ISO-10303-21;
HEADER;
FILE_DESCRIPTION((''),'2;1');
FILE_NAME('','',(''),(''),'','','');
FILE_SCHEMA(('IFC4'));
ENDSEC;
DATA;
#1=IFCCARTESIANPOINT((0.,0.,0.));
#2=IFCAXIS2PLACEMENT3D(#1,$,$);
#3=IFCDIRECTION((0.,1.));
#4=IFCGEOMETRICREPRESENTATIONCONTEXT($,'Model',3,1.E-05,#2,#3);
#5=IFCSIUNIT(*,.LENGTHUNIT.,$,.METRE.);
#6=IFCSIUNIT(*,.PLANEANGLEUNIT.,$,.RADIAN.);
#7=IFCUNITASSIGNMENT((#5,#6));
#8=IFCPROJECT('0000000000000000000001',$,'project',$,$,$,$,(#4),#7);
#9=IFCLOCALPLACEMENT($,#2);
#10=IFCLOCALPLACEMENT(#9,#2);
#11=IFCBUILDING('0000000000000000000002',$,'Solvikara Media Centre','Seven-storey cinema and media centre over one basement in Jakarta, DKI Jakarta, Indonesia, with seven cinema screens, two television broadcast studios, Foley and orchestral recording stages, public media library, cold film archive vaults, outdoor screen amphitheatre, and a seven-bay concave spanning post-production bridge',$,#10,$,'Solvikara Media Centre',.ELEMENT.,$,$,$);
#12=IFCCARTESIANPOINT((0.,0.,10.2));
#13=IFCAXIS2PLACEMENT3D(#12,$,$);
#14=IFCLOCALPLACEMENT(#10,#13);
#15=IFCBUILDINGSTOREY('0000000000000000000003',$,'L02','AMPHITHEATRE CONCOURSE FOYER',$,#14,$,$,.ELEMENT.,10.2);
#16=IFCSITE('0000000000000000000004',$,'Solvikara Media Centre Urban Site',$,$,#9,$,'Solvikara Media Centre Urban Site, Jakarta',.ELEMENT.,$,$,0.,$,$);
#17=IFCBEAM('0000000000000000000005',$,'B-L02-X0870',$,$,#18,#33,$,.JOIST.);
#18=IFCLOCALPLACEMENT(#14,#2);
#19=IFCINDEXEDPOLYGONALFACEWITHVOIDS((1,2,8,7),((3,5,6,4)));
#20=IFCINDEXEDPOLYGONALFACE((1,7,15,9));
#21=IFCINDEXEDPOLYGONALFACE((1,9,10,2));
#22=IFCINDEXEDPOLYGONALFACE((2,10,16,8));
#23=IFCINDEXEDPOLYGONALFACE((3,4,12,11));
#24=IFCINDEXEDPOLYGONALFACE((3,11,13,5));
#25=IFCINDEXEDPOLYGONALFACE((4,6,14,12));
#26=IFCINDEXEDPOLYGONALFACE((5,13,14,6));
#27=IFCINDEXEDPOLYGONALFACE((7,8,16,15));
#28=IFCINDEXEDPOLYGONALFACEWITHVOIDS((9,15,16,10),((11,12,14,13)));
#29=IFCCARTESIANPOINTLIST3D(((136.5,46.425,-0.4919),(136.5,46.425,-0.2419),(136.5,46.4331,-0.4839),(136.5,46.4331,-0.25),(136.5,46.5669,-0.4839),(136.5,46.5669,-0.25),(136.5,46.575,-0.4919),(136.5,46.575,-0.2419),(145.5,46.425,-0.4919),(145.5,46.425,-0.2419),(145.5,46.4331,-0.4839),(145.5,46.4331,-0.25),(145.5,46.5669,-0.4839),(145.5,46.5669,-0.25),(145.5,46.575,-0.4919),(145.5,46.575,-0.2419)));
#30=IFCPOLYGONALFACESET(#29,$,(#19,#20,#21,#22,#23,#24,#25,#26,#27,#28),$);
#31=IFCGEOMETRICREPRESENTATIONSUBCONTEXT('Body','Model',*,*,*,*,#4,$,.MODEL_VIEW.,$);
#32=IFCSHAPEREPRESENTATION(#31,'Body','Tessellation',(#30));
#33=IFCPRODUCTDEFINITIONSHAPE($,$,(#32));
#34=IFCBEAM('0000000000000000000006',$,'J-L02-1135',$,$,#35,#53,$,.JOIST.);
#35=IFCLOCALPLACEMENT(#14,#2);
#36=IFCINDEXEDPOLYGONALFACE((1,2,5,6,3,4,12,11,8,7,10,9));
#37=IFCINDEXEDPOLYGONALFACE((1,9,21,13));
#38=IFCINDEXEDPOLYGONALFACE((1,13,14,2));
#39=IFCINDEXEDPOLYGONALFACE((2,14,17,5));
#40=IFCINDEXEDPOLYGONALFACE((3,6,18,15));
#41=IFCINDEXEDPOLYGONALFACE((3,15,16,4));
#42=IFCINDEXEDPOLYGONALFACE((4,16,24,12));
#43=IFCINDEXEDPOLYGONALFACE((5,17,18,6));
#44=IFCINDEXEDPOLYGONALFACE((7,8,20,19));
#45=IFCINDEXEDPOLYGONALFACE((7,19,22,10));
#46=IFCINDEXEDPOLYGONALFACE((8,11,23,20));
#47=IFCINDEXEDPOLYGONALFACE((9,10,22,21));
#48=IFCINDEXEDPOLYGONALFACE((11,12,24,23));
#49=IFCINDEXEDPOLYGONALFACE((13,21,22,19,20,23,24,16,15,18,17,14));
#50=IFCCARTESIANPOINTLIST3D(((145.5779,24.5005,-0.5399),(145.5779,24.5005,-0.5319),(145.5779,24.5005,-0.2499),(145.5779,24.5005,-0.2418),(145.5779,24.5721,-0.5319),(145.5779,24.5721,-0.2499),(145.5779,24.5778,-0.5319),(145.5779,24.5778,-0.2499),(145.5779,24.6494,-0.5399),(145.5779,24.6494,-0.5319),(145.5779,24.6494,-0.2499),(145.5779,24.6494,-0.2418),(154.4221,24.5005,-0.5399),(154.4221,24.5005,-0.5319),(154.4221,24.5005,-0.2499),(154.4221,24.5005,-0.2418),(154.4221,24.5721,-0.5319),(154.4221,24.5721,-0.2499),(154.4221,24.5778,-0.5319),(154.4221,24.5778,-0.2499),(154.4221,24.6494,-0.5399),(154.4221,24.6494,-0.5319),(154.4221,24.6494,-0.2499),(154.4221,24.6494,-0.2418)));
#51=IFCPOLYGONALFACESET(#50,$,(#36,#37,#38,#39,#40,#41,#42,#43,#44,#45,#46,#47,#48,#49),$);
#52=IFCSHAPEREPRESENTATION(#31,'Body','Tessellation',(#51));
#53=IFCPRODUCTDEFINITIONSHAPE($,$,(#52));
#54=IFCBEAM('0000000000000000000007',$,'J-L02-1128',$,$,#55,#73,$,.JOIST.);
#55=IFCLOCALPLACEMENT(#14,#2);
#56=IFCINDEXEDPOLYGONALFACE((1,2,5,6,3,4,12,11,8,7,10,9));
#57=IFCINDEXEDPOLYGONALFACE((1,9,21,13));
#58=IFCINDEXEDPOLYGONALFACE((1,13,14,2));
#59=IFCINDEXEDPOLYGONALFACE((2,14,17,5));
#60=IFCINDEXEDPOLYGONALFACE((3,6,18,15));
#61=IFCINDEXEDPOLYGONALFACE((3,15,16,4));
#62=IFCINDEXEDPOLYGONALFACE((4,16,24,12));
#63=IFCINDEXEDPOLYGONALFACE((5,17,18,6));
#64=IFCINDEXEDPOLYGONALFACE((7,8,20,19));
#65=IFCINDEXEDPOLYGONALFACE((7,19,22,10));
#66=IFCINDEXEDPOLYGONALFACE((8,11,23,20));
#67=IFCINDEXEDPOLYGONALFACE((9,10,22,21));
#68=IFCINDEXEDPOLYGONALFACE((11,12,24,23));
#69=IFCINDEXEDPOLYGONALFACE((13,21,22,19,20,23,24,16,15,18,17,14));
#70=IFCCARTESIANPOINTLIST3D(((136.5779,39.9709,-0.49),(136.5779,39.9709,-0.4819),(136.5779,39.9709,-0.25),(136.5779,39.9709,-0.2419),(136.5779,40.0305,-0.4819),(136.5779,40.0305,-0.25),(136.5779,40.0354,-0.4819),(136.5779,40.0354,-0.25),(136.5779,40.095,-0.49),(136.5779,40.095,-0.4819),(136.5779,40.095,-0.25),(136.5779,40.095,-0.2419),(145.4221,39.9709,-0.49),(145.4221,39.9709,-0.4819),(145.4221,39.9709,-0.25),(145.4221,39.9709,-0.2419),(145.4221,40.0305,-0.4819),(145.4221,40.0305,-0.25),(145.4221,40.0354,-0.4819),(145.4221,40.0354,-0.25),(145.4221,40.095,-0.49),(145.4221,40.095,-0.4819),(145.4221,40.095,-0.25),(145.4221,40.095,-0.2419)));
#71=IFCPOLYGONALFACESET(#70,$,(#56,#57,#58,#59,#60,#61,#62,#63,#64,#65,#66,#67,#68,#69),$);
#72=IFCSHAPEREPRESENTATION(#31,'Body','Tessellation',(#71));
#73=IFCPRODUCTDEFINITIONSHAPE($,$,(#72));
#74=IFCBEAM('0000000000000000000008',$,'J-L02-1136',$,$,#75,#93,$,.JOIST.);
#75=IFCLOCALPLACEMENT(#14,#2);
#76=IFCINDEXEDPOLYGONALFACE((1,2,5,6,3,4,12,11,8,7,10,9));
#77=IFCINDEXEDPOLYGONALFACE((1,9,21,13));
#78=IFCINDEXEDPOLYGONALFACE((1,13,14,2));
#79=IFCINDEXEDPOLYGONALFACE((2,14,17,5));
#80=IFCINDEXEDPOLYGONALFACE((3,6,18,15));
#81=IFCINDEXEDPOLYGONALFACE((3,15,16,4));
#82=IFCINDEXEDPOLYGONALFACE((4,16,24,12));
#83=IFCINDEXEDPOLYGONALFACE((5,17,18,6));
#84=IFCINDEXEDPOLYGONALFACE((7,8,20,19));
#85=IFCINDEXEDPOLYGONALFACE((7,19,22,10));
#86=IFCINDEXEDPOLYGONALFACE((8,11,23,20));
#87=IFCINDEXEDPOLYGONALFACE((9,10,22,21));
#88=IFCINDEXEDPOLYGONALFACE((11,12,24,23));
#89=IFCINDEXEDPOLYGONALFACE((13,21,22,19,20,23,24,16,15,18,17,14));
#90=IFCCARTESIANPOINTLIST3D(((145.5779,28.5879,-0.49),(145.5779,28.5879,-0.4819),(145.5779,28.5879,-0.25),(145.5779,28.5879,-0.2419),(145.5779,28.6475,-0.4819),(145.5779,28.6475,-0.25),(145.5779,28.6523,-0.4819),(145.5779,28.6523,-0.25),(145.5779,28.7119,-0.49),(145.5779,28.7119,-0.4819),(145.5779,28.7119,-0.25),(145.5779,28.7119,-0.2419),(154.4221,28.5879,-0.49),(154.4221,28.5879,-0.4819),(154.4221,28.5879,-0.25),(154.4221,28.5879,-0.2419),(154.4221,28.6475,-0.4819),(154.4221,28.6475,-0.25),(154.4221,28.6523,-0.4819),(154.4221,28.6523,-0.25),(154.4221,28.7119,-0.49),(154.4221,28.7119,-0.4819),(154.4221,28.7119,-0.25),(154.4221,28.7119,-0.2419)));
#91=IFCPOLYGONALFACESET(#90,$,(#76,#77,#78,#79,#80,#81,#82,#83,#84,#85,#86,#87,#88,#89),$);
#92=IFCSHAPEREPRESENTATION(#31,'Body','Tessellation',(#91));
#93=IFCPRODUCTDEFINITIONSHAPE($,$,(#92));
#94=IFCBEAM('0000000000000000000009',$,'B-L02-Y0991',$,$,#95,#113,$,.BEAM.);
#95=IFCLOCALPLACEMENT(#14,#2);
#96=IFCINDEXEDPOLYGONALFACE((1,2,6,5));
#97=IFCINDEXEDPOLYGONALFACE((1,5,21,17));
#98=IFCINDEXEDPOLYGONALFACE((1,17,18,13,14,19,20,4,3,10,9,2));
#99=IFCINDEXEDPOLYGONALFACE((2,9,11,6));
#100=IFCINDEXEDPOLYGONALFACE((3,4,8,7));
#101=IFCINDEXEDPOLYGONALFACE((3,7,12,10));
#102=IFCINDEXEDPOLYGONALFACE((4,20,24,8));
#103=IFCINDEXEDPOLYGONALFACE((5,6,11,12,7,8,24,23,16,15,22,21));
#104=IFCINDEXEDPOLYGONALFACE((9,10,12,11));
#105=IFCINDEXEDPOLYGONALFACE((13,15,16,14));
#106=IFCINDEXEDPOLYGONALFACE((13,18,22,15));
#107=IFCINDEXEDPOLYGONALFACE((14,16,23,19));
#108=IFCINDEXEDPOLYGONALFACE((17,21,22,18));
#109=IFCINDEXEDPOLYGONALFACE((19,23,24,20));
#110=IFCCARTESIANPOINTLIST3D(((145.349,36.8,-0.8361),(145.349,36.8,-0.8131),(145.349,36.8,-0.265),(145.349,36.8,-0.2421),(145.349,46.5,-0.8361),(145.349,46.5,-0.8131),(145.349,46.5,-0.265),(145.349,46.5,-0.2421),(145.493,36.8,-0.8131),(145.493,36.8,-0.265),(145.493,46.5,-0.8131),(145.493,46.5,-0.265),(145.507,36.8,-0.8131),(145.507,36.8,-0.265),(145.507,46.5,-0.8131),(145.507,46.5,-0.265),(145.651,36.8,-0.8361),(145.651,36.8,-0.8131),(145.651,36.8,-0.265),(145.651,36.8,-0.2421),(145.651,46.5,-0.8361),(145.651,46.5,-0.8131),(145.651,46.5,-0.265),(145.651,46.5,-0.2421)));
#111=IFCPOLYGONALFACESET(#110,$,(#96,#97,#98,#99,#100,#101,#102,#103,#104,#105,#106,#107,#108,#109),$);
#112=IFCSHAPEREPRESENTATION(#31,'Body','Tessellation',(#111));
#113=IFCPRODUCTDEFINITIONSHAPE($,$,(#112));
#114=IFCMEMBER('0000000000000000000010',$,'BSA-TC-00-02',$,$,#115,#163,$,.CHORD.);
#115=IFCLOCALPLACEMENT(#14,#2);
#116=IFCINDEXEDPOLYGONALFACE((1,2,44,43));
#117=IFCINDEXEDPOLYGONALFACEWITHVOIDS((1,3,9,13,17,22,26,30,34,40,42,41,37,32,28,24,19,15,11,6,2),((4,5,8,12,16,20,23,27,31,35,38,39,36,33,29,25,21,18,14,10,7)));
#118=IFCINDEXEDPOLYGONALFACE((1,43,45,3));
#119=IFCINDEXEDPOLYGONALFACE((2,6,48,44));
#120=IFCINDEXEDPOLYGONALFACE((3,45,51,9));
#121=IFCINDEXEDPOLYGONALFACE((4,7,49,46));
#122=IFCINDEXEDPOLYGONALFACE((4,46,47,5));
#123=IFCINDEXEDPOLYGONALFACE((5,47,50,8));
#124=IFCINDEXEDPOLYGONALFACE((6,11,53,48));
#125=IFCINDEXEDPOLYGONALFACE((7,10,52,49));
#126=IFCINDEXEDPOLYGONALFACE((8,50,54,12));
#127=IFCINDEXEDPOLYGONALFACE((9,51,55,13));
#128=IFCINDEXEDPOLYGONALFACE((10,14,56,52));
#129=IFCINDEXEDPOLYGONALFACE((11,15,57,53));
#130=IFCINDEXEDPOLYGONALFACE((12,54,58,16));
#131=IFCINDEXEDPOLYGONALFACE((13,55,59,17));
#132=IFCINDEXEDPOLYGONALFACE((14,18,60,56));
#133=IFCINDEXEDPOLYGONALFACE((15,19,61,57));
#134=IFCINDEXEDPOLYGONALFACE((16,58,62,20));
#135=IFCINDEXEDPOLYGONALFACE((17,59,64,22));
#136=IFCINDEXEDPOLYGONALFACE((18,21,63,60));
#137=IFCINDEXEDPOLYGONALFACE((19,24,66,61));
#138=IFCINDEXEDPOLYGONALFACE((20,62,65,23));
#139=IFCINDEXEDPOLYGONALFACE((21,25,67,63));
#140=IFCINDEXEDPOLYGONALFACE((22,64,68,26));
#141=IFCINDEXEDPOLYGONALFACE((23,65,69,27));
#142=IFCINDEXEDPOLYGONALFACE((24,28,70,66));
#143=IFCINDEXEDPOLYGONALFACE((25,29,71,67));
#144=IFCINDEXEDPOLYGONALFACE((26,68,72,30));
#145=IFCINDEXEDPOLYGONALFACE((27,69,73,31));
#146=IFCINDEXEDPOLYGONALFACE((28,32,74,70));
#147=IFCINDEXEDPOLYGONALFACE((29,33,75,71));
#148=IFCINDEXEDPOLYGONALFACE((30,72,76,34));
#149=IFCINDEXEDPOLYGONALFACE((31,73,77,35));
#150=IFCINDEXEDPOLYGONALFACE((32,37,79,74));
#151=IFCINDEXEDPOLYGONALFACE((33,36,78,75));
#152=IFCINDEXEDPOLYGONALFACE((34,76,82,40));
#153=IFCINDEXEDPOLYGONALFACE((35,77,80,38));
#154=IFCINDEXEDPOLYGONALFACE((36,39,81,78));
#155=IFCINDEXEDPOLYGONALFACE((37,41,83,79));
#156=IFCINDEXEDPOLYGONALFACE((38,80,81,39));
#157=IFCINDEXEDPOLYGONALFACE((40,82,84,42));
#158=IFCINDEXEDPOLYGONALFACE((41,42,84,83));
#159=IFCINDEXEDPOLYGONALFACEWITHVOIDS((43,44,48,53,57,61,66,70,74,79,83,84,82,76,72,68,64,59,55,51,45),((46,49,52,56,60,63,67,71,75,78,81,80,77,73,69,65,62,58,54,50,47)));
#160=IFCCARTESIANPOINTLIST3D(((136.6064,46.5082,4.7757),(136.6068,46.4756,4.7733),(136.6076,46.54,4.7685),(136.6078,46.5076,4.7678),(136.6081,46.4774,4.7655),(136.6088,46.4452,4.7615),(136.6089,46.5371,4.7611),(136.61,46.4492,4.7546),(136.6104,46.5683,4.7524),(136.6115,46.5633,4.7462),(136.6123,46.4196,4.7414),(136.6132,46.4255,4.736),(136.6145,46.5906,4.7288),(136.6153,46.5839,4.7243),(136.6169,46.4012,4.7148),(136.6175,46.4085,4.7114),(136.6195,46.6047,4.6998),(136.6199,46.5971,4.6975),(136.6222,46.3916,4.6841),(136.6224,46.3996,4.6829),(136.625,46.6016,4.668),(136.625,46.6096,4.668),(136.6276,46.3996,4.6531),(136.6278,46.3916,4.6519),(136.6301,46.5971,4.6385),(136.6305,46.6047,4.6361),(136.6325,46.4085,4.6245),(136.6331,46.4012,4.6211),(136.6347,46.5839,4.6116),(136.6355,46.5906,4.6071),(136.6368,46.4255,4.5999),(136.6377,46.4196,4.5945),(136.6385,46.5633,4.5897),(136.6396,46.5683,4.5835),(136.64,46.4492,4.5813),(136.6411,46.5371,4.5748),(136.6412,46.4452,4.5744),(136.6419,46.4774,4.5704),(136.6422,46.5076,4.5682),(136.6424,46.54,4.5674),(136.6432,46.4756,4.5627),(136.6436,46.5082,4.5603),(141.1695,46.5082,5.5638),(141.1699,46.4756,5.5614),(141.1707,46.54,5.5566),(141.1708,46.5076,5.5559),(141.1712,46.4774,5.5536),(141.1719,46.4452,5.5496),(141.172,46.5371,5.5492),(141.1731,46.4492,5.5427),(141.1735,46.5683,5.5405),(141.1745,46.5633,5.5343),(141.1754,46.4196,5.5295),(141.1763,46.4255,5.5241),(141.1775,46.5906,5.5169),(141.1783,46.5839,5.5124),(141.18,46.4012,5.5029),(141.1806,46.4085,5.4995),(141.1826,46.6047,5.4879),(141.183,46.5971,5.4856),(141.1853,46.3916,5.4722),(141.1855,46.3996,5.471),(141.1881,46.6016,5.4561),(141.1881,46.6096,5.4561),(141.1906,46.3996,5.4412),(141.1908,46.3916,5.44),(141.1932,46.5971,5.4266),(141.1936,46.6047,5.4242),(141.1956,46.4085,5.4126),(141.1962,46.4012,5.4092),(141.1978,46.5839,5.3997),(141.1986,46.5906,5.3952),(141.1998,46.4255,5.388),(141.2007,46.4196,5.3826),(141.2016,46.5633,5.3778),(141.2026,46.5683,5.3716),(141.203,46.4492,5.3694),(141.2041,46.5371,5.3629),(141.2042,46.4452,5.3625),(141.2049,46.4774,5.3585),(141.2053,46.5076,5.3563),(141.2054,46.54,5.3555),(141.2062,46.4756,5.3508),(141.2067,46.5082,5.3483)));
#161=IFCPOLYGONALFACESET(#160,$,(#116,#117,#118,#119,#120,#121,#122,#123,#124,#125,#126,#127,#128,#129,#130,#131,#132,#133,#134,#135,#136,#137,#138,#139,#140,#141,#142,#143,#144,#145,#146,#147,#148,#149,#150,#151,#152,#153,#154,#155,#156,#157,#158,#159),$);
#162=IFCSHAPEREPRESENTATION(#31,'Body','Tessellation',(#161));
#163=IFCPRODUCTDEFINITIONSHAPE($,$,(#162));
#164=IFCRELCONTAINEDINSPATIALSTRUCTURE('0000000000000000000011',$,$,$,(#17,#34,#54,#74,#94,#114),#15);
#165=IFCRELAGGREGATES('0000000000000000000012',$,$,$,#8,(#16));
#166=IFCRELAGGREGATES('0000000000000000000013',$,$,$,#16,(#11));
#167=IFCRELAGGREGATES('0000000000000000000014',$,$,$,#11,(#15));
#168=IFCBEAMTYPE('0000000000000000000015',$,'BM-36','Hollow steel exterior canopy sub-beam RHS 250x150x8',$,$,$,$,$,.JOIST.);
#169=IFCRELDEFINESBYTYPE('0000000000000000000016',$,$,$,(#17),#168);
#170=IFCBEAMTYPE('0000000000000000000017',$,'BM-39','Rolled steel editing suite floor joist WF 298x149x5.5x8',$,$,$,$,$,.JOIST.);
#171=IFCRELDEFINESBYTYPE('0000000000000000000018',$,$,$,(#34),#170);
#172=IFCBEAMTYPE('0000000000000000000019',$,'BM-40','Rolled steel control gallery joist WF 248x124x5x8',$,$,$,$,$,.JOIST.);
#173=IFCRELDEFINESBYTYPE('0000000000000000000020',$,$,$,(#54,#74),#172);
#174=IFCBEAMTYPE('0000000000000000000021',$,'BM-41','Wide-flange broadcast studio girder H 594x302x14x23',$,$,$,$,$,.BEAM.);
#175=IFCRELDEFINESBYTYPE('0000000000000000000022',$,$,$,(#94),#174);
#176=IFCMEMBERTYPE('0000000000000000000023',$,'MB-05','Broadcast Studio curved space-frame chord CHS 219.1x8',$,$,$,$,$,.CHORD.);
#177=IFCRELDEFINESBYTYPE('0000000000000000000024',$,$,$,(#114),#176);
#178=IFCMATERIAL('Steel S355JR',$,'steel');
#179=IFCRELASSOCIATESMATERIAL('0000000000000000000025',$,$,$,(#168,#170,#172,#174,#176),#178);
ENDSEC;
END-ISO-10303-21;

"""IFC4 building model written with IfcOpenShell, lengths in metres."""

from ifc_helpers import new_model, si_unit, direction, frame, origin, origin_2d, place, context, subcontext, project, spatial, hollow_rectangle, hollow_circle, i_section, extrude, material, material_profile, profile_set, type_object, element, save


model = new_model("IFC4")

# Units and contexts
model_context = context("Model", 3, precision=1e-05, world=origin(), true_north=direction((0.0, 1.0)))
body_context = subcontext(model_context, "Body", "Model", "MODEL_VIEW")
ifc_project = project(units=[si_unit("LENGTHUNIT", "METRE"), si_unit("PLANEANGLEUNIT", "RADIAN")], contexts=[model_context])

# Site, building, storey
site_placement = place(None, origin())
site = spatial("IfcSite", under=ifc_project, at=site_placement, Name="Solvikara Media Centre Urban Site", LongName="Solvikara Media Centre Urban Site, Jakarta", CompositionType="ELEMENT", RefElevation=0.0)
building_placement = place(site_placement, origin())
building = spatial("IfcBuilding", under=site, at=building_placement, Name="Solvikara Media Centre", Description="Seven-storey cinema and media centre over one basement in Jakarta, DKI Jakarta, Indonesia, with seven cinema screens, two television broadcast studios, Foley and orchestral recording stages, public media library, cold film archive vaults, outdoor screen amphitheatre, and a seven-bay concave spanning post-production bridge", LongName="Solvikara Media Centre", CompositionType="ELEMENT")
storey_placement = place(building_placement, frame((0.0, 0.0, 10.2)))
storey = spatial("IfcBuildingStorey", under=building, at=storey_placement, Name="L02", Description="AMPHITHEATRE CONCOURSE FOYER", CompositionType="ELEMENT", Elevation=10.2)

# Shared definitions
ifc_material_1 = material(Name="Steel S355JR", Category="steel")

# Beams
ifc_material_profile_1 = material_profile(ifc_material_1, hollow_rectangle(XDim=0.1499, YDim=0.25, WallThickness=0.0081, at=origin_2d()), Name="RHS 250x150x8")
ifc_profile_set_1 = profile_set([ifc_material_profile_1], Name="Steel S355JR")
beam_type_1 = type_object("IfcBeamType", Name="BM-36", Description="Hollow steel exterior canopy sub-beam RHS 250x150x8", PredefinedType="JOIST", material=ifc_profile_set_1)
for number, where, z_axis, x_axis, name in (
    (1, (136.5, 46.5, -0.3669), (1.0, 0.0, 0.0), (0.0, 1.0, 0.0), "B-L02-X0870"),
):
    element("IfcBeam", number, at=place(storey_placement, frame(where, z_axis=z_axis, x_axis=x_axis)), inside=storey, type_object=beam_type_1, Name=name, PredefinedType="JOIST", context=body_context, shape_type="SweptSolid", body=[
        extrude(hollow_rectangle(XDim=0.1499, YDim=0.25, WallThickness=0.0081, at=origin_2d()), origin(), (0.0, 0.0, 1.0), 9.0),
    ])
ifc_material_profile_2 = material_profile(ifc_material_1, i_section(OverallWidth=0.1489, OverallDepth=0.2981, WebThickness=0.0056, FlangeThickness=0.0081, at=origin_2d()), Name="WF 298x149x5.5x8")
ifc_profile_set_2 = profile_set([ifc_material_profile_2], Name="Steel S355JR")
beam_type_2 = type_object("IfcBeamType", Name="BM-39", Description="Rolled steel editing suite floor joist WF 298x149x5.5x8", PredefinedType="JOIST", material=ifc_profile_set_2)
beam_1_placement = place(storey_placement, frame((145.5779, 24.575, -0.3909), z_axis=(1.0, 0.0, 0.0), x_axis=(0.0, 1.0, 0.0)))
element("IfcBeam", 2, at=beam_1_placement, inside=storey, type_object=beam_type_2, Name="J-L02-1135", PredefinedType="JOIST", context=body_context, shape_type="SweptSolid", body=[
    extrude(i_section(OverallWidth=0.1489, OverallDepth=0.2981, WebThickness=0.0056, FlangeThickness=0.0081, at=origin_2d()), origin(), (0.0, 0.0, 1.0), 8.8442),
])
ifc_material_profile_3 = material_profile(ifc_material_1, i_section(OverallWidth=0.124, OverallDepth=0.248, WebThickness=0.0049, FlangeThickness=0.0081, at=origin_2d()), Name="WF 248x124x5x8")
ifc_profile_set_3 = profile_set([ifc_material_profile_3], Name="Steel S355JR")
beam_type_3 = type_object("IfcBeamType", Name="BM-40", Description="Rolled steel control gallery joist WF 248x124x5x8", PredefinedType="JOIST", material=ifc_profile_set_3)
for number, where, z_axis, x_axis, name in (
    (3, (136.5779, 40.033, -0.366), (1.0, 0.0, 0.0), (0.0, 1.0, 0.0), "J-L02-1128"),
    (4, (145.5779, 28.6499, -0.366), (1.0, 0.0, 0.0), (0.0, 1.0, 0.0), "J-L02-1136"),
):
    element("IfcBeam", number, at=place(storey_placement, frame(where, z_axis=z_axis, x_axis=x_axis)), inside=storey, type_object=beam_type_3, Name=name, PredefinedType="JOIST", context=body_context, shape_type="SweptSolid", body=[
        extrude(i_section(OverallWidth=0.124, OverallDepth=0.248, WebThickness=0.0049, FlangeThickness=0.0081, at=origin_2d()), origin(), (0.0, 0.0, 1.0), 8.8442),
    ])
ifc_material_profile_4 = material_profile(ifc_material_1, i_section(OverallWidth=0.302, OverallDepth=0.594, WebThickness=0.0139, FlangeThickness=0.0229, at=origin_2d()), Name="H 594x302x14x23")
ifc_profile_set_4 = profile_set([ifc_material_profile_4], Name="Steel S355JR")
beam_type_4 = type_object("IfcBeamType", Name="BM-41", Description="Wide-flange broadcast studio girder H 594x302x14x23", PredefinedType="BEAM", material=ifc_profile_set_4)
beam_2_placement = place(storey_placement, frame((145.5, 36.8, -0.5391), z_axis=(0.0, 1.0, 0.0), x_axis=(-1.0, 0.0, 0.0)))
element("IfcBeam", 5, at=beam_2_placement, inside=storey, type_object=beam_type_4, Name="B-L02-Y0991", PredefinedType="BEAM", context=body_context, shape_type="SweptSolid", body=[
    extrude(i_section(OverallWidth=0.302, OverallDepth=0.594, WebThickness=0.0139, FlangeThickness=0.0229, at=origin_2d()), origin(), (0.0, 0.0, 1.0), 9.7),
])

# Member
ifc_material_profile_5 = material_profile(ifc_material_1, hollow_circle(Radius=0.1096, WallThickness=0.0081, at=origin_2d()), Name="CHS 219.1x8")
ifc_profile_set_5 = profile_set([ifc_material_profile_5], Name="Steel S355JR")
member_type_1 = type_object("IfcMemberType", Name="MB-05", Description="Broadcast Studio curved space-frame chord CHS 219.1x8", PredefinedType="CHORD", material=ifc_profile_set_5)
member_1_placement = place(storey_placement, frame((136.625, 46.5, 4.668), z_axis=(0.985411, 0.0, 0.170193), x_axis=(0.0, 1.0, 0.0)))
element("IfcMember", 6, at=member_1_placement, inside=storey, type_object=member_type_1, Name="BSA-TC-00-02", PredefinedType="CHORD", context=body_context, shape_type="SweptSolid", body=[
    extrude(hollow_circle(Radius=0.1096, WallThickness=0.0081, at=origin_2d()), origin(), (0.0, 0.0, 1.0), 4.6306),
])

save(model, "model.ifc")
